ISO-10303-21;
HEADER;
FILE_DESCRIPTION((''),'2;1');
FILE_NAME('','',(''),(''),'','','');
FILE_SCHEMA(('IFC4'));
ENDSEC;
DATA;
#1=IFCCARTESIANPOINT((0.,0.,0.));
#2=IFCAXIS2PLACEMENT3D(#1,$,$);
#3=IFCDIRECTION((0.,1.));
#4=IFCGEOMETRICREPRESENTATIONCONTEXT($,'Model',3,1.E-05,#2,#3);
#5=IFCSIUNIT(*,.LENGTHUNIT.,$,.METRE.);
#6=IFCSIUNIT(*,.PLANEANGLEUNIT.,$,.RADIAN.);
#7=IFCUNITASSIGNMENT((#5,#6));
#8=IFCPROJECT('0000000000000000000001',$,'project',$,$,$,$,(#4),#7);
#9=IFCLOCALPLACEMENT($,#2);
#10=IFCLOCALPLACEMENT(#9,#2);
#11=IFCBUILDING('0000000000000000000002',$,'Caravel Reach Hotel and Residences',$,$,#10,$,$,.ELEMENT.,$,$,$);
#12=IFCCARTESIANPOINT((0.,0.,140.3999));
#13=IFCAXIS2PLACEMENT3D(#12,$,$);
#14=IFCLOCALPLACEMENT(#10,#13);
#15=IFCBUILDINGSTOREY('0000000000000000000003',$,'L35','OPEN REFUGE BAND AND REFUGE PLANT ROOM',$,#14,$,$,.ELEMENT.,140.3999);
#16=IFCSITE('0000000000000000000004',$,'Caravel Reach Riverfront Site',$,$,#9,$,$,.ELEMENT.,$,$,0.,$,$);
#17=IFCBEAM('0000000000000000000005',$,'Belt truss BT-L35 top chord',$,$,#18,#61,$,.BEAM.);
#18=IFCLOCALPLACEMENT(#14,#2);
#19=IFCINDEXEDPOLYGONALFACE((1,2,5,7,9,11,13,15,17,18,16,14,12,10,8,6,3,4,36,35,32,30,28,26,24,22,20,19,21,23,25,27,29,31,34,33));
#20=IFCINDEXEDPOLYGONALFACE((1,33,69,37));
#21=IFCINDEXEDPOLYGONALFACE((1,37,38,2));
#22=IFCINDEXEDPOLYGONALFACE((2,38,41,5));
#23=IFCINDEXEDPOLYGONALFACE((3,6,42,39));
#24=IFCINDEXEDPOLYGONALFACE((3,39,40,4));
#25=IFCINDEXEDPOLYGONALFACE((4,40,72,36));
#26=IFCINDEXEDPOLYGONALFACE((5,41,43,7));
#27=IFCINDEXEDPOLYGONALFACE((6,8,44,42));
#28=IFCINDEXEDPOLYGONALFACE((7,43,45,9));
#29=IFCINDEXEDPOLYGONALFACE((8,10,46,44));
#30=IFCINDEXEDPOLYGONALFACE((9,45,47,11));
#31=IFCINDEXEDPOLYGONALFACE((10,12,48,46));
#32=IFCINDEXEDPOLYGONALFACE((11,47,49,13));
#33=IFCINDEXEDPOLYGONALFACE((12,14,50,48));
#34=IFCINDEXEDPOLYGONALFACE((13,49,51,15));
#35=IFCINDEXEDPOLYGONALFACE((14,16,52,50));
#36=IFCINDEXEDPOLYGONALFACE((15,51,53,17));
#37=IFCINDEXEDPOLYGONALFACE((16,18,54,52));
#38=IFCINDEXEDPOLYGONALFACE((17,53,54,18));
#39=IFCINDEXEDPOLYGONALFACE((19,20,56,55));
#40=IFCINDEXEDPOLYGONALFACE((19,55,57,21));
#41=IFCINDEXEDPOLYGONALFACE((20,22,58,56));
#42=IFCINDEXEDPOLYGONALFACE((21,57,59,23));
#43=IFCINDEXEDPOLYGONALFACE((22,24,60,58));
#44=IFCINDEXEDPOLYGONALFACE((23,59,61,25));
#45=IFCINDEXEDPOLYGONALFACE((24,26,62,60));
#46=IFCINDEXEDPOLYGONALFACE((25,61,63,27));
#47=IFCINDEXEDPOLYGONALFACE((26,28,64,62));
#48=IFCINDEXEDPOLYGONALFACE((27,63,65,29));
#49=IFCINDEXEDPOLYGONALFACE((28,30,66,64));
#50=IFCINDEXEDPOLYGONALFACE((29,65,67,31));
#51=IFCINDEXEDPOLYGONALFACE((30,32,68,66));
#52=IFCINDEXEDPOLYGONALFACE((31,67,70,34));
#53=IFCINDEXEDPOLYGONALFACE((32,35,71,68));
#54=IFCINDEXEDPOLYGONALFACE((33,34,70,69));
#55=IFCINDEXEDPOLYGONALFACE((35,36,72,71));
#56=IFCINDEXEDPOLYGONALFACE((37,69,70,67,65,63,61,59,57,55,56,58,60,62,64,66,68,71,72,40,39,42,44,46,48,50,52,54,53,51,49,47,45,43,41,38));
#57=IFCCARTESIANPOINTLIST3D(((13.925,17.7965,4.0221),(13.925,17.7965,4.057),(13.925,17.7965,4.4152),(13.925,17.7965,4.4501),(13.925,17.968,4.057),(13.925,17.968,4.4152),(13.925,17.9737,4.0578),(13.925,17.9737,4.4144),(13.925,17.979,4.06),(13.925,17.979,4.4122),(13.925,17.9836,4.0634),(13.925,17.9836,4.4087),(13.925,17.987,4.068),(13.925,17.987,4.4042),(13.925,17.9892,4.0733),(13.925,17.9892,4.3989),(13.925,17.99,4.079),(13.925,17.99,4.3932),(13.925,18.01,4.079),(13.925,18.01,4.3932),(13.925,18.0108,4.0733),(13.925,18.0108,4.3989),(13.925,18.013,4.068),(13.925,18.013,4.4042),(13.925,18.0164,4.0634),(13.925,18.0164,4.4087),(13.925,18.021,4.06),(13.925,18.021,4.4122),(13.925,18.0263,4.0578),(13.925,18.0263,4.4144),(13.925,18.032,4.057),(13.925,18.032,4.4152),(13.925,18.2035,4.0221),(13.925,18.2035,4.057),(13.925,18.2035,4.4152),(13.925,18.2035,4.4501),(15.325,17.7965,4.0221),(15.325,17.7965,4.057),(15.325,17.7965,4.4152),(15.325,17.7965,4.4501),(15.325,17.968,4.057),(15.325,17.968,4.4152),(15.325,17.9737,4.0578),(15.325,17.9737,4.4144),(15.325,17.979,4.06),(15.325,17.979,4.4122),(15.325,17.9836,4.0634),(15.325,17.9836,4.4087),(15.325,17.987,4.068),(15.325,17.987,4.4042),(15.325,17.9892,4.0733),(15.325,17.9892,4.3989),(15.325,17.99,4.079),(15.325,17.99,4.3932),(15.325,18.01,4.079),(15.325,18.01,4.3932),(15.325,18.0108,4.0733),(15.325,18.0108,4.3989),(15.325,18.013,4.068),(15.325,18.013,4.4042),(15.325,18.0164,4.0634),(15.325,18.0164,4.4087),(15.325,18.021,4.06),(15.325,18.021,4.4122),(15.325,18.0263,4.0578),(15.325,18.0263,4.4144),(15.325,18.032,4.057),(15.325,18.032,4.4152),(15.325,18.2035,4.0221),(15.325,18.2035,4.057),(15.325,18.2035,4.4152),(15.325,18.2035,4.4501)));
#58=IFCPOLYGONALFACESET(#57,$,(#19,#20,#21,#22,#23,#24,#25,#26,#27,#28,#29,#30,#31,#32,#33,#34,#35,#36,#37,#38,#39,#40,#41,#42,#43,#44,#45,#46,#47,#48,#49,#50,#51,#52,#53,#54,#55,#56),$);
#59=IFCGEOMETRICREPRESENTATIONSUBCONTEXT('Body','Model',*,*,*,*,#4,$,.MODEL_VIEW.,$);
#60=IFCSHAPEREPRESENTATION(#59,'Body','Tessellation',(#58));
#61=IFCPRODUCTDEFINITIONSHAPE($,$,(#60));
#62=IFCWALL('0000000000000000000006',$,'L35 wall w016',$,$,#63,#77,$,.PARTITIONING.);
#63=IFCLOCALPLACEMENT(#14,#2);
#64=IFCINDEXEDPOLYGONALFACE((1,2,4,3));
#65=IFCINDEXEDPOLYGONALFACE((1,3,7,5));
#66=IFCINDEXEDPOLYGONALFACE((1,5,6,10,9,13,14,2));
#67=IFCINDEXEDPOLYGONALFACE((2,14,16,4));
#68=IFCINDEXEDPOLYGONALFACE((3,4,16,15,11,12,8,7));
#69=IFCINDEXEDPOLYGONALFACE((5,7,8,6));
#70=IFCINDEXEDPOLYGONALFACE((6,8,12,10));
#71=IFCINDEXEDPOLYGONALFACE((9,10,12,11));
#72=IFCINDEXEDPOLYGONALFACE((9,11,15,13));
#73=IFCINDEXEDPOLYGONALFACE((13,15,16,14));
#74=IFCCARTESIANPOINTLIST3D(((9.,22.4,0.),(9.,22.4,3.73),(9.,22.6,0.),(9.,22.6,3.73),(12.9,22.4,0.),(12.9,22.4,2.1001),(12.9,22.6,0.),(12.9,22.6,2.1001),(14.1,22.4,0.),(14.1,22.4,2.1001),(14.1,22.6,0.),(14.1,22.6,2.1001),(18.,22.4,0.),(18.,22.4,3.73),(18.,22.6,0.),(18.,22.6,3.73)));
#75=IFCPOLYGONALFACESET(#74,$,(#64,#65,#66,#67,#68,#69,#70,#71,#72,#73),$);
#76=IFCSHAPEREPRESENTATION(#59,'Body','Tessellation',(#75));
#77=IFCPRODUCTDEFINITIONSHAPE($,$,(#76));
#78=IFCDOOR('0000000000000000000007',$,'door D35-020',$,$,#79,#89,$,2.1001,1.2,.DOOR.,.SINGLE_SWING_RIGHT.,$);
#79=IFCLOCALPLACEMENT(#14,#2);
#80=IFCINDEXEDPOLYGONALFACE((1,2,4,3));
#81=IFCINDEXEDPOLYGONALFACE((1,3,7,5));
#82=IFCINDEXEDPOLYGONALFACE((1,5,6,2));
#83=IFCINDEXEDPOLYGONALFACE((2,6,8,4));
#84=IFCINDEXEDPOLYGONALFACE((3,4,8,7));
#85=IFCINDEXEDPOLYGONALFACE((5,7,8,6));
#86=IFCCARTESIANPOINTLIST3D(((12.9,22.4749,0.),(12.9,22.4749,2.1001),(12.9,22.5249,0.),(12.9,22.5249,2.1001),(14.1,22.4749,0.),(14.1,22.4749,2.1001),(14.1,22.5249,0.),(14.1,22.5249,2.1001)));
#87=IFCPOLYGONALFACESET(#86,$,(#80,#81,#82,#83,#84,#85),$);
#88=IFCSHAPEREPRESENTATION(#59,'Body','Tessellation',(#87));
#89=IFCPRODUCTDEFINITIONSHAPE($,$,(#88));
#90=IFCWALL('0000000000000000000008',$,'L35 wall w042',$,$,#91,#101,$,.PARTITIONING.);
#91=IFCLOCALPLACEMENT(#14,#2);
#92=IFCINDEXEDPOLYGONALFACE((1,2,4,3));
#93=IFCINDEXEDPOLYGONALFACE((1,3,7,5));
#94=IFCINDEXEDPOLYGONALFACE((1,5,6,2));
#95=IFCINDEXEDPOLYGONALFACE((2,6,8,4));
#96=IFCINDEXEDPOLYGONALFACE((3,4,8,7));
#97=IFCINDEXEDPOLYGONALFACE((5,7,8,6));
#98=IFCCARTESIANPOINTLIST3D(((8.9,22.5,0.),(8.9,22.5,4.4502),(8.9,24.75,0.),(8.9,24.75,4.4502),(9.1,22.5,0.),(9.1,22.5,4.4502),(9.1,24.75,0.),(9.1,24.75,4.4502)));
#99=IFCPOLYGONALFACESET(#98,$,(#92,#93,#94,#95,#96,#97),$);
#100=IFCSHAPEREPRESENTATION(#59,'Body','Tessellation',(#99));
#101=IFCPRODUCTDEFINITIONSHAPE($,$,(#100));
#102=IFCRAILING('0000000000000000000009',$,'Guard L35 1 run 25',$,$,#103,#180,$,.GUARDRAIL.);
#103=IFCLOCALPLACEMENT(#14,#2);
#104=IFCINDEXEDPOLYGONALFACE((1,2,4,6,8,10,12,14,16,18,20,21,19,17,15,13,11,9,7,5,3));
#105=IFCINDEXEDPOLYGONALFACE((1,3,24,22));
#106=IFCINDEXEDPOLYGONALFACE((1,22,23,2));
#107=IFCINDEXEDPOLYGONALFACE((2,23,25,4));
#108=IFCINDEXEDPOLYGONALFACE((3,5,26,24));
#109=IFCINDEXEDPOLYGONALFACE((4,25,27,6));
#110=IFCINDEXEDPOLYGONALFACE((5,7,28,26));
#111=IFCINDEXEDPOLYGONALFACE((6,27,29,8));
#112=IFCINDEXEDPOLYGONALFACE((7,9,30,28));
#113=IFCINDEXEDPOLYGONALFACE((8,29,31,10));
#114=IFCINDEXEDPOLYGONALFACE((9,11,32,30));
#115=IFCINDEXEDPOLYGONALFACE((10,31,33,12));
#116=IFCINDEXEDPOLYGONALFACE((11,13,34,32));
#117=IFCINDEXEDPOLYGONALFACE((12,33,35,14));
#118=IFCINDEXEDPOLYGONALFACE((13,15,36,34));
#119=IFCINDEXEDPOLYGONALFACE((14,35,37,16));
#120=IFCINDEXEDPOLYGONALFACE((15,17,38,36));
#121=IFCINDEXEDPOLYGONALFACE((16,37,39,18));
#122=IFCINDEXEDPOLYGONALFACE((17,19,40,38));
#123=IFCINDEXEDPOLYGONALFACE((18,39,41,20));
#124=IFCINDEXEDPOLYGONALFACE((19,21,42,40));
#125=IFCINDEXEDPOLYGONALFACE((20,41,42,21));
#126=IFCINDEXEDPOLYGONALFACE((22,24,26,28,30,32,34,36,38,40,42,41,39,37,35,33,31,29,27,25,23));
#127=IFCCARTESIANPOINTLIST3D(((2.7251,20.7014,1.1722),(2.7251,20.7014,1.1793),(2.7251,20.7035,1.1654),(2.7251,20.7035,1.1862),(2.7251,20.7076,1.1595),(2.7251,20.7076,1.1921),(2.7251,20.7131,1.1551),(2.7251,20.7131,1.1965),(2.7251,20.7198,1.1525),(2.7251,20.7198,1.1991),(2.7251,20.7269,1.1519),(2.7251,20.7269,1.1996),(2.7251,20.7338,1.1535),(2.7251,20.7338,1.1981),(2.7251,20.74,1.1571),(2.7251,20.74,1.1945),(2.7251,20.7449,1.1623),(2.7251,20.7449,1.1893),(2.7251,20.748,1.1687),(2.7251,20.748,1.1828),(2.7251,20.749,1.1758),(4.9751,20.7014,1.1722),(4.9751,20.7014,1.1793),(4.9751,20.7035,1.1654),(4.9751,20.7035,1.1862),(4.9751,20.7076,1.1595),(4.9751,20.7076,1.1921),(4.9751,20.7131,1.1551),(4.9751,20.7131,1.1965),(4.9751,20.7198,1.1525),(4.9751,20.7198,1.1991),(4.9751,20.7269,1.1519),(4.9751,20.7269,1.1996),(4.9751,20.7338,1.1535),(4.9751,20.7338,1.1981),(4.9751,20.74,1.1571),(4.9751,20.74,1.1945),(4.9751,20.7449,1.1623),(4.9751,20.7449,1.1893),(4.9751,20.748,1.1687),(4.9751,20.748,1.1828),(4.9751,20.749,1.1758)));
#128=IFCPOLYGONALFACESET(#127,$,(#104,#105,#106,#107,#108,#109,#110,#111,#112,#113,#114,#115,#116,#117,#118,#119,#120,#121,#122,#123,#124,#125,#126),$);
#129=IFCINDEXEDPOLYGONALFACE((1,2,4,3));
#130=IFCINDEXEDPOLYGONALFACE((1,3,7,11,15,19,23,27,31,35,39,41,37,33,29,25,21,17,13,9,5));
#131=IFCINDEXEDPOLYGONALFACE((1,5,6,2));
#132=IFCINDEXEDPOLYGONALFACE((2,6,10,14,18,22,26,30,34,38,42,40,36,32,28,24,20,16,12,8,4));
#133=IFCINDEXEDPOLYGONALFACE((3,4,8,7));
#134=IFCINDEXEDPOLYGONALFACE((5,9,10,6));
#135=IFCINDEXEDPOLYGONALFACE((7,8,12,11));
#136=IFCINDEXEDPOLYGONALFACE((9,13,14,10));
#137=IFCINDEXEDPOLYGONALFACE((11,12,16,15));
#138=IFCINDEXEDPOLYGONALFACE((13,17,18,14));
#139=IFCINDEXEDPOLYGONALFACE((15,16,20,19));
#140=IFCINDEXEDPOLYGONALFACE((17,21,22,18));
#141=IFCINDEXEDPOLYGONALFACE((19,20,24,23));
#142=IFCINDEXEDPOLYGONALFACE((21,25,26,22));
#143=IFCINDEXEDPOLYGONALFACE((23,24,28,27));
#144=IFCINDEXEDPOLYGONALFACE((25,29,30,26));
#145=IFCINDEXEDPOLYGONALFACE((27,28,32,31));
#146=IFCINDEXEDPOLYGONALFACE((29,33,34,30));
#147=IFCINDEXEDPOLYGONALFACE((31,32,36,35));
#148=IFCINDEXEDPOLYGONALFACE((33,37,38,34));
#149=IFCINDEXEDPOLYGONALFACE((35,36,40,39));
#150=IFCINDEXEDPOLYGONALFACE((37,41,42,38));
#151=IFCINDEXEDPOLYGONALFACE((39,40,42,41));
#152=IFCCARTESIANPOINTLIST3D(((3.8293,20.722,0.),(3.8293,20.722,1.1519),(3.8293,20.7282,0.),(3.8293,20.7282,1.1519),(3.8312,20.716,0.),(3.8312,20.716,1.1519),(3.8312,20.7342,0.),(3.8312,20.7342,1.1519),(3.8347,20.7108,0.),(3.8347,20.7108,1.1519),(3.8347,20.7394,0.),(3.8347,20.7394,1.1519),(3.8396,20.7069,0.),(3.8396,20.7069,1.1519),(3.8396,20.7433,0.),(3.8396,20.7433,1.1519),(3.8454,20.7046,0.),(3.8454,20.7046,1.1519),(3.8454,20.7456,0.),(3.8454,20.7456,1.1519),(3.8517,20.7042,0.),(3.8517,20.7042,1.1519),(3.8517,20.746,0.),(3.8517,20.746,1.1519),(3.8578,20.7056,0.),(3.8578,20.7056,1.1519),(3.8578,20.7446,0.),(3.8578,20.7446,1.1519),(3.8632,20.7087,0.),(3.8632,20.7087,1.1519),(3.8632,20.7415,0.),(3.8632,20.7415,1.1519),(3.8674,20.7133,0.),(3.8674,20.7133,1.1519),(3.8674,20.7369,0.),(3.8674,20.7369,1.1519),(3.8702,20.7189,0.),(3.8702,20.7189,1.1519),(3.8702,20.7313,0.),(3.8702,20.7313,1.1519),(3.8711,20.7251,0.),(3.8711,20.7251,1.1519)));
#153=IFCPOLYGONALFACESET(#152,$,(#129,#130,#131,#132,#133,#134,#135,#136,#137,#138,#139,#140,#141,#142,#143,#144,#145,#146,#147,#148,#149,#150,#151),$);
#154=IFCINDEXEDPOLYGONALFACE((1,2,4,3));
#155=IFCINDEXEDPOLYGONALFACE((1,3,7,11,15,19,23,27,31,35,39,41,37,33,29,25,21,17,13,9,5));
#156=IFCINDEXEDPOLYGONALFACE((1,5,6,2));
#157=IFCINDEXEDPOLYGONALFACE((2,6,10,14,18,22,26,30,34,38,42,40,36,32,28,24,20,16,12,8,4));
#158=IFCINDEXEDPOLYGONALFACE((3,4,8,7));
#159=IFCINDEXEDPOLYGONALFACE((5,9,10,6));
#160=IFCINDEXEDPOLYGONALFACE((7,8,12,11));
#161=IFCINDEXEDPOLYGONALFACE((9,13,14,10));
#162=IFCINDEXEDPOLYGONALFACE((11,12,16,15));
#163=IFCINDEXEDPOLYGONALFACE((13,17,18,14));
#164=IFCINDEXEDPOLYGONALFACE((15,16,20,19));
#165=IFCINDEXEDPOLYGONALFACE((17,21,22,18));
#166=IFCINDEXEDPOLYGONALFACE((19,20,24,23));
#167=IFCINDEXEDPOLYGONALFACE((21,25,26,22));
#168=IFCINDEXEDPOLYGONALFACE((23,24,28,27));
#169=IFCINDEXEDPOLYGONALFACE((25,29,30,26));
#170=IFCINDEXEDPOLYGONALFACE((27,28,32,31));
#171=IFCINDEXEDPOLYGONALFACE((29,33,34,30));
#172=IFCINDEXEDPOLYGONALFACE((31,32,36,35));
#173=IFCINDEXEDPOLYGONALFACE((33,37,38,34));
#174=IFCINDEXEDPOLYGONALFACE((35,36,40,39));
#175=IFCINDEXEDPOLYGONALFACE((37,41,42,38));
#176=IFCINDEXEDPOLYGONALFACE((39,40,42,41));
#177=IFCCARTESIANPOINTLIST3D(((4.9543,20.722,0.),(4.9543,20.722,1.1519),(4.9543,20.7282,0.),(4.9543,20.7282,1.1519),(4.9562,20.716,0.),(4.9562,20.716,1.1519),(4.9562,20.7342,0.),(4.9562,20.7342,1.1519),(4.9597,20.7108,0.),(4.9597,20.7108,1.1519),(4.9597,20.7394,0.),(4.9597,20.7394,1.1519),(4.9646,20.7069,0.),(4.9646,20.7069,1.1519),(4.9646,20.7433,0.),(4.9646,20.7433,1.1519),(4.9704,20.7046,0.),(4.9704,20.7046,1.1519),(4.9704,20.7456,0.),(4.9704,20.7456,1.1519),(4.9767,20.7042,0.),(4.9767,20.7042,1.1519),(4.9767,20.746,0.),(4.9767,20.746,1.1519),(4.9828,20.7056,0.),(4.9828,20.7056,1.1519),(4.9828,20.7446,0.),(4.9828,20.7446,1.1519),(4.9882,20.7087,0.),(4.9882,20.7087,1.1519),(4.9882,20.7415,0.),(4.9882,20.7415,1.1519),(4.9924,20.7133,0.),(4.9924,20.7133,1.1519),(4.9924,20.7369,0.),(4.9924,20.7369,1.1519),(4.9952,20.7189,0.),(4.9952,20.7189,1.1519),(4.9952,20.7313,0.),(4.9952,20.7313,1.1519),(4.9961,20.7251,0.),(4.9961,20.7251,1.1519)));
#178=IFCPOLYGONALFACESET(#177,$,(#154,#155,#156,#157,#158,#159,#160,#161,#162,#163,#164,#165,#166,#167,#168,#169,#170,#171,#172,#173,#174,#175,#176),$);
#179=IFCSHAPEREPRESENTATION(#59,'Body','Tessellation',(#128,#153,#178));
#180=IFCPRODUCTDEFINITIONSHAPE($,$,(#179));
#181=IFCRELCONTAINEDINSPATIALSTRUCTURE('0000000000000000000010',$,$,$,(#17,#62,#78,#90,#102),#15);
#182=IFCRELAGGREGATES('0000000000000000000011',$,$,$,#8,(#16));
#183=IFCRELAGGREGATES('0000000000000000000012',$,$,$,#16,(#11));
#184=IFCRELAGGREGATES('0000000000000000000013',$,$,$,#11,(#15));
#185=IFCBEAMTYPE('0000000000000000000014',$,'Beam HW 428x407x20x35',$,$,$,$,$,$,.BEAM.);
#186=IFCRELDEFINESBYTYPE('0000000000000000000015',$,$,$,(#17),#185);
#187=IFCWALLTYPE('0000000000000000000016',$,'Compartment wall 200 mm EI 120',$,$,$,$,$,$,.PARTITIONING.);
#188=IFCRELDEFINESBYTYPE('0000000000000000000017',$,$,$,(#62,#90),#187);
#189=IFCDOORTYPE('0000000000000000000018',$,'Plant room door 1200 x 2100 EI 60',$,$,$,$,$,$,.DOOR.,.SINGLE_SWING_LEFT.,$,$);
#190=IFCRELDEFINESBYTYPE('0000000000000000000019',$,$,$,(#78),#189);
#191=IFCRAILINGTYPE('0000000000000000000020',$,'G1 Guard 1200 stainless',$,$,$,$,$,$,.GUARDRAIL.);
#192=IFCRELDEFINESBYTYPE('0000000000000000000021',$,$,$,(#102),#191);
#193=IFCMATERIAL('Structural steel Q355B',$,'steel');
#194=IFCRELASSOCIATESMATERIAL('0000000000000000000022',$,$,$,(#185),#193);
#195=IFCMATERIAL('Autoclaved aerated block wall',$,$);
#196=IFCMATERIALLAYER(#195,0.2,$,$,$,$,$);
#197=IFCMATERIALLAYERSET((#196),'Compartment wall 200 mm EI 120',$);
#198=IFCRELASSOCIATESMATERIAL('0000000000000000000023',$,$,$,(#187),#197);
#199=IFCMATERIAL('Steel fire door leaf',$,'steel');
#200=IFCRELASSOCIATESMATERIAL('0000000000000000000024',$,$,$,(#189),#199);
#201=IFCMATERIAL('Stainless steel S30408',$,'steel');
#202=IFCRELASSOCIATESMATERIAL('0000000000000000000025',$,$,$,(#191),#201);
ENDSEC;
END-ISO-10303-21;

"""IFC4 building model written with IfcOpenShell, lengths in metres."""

from ifc_helpers import new_model, si_unit, direction, frame, frame_2d, origin, origin_2d, place, context, subcontext, project, spatial, rectangle, circle, i_section, extrude, material, layer, layer_set, material_profile, profile_set, type_object, element, fill, save


model = new_model("IFC4")

# Units and contexts
model_context = context("Model", 3, precision=1e-05, world=origin(), true_north=direction((0.0, 1.0)))
body_context = subcontext(model_context, "Body", "Model", "MODEL_VIEW")
ifc_project = project(units=[si_unit("LENGTHUNIT", "METRE"), si_unit("PLANEANGLEUNIT", "RADIAN")], contexts=[model_context])

# Site, building, storey
site_placement = place(None, origin())
site = spatial("IfcSite", under=ifc_project, at=site_placement, Name="Caravel Reach Riverfront Site", CompositionType="ELEMENT", RefElevation=0.0)
building_placement = place(site_placement, origin())
building = spatial("IfcBuilding", under=site, at=building_placement, Name="Caravel Reach Hotel and Residences", CompositionType="ELEMENT")
storey_placement = place(building_placement, frame((0.0, 0.0, 140.3999)))
storey = spatial("IfcBuildingStorey", under=building, at=storey_placement, Name="L35", Description="OPEN REFUGE BAND AND REFUGE PLANT ROOM", CompositionType="ELEMENT", Elevation=140.3999)

# Beam
ifc_material_1 = material(Name="Structural steel Q355B", Category="steel")
ifc_material_profile_1 = material_profile(ifc_material_1, i_section(OverallWidth=0.407, OverallDepth=0.428, WebThickness=0.02, FlangeThickness=0.0349, FilletRadius=0.022, at=origin_2d()), Name="HW 428x407x20x35")
ifc_profile_set_1 = profile_set([ifc_material_profile_1], Name="Structural steel Q355B")
beam_type_1 = type_object("IfcBeamType", Name="Beam HW 428x407x20x35", PredefinedType="BEAM", material=ifc_profile_set_1)
for number, where, z_axis, x_axis, name in (
    (1, (13.925, 18.0, 4.2361), (1.0, 0.0, 0.0), (0.0, 1.0, 0.0), "Belt truss BT-L35 top chord"),
):
    element("IfcBeam", number, at=place(storey_placement, frame(where, z_axis=z_axis, x_axis=x_axis)), inside=storey, type_object=beam_type_1, Name=name, PredefinedType="BEAM", context=body_context, shape_type="SweptSolid", body=[
        extrude(i_section(OverallWidth=0.407, OverallDepth=0.428, WebThickness=0.02, FlangeThickness=0.0349, FilletRadius=0.022, at=origin_2d()), origin(), (0.0, 0.0, 1.0), 1.3999),
    ])

# Wall, opening, door
ifc_material_2 = material(Name="Autoclaved aerated block wall")
ifc_layer = layer(ifc_material_2, 0.2)
ifc_layer_set = layer_set([ifc_layer], Name="Compartment wall 200 mm EI 120")
wall_type = type_object("IfcWallType", Name="Compartment wall 200 mm EI 120", PredefinedType="PARTITIONING", material=ifc_layer_set)
wall_1_placement = place(storey_placement, frame((9.0, 22.5, 0.0), z_axis=(0.0, 0.0, 1.0), x_axis=(1.0, 0.0, 0.0)))
wall_1 = element("IfcWall", 2, at=wall_1_placement, inside=storey, type_object=wall_type, Name="L35 wall w016", PredefinedType="PARTITIONING", context=body_context, shape_type="SweptSolid", body=[
    extrude(rectangle(XDim=9.0, YDim=0.2, at=frame_2d((4.5, 0.0))), origin(), (0.0, 0.0, 1.0), 3.73),
])
opening_placement = place(wall_1_placement, frame((3.8999, 0.0, 0.0)))
opening = element("IfcOpeningElement", 3, at=opening_placement, cuts=wall_1, PredefinedType="OPENING", context=body_context, shape_type="SweptSolid", body=[
    extrude(rectangle(XDim=1.2, YDim=2.1001, at=frame_2d((0.6001, 1.05))), frame((0.0, 0.1099, 0.0), z_axis=(0.0, -1.0, 0.0), x_axis=(1.0, 0.0, 0.0)), (0.0, 0.0, 1.0), 0.22),
])
ifc_material_3 = material(Name="Steel fire door leaf", Category="steel")
door_type = type_object("IfcDoorType", Name="Plant room door 1200 x 2100 EI 60", OperationType="SINGLE_SWING_LEFT", PredefinedType="DOOR", material=ifc_material_3)
door_placement = place(opening_placement, origin())
door = element("IfcDoor", 4, at=door_placement, inside=storey, type_object=door_type, Name="door D35-020", OperationType="SINGLE_SWING_RIGHT", OverallHeight=2.1001, OverallWidth=1.2, PredefinedType="DOOR", context=body_context, shape_type="SweptSolid", body=[
    extrude(rectangle(XDim=1.2, YDim=2.1001, at=frame_2d((0.6001, 1.05))), frame((0.0, 0.0249, 0.0), z_axis=(0.0, -1.0, 0.0), x_axis=(1.0, 0.0, 0.0)), (0.0, 0.0, 1.0), 0.05),
])
fill(opening, door)

# Wall
wall_2_placement = place(storey_placement, frame((9.0, 22.5, 0.0), z_axis=(0.0, 0.0, 1.0), x_axis=(0.0, 1.0, 0.0)))
element("IfcWall", 5, at=wall_2_placement, inside=storey, type_object=wall_type, Name="L35 wall w042", PredefinedType="PARTITIONING", context=body_context, shape_type="SweptSolid", body=[
    extrude(rectangle(XDim=2.25, YDim=0.2, at=frame_2d((1.125, 0.0))), origin(), (0.0, 0.0, 1.0), 4.4502),
])

# Railing
ifc_material_4 = material(Name="Stainless steel S30408", Category="steel")
railing_type = type_object("IfcRailingType", Name="G1 Guard 1200 stainless", PredefinedType="GUARDRAIL", material=ifc_material_4)
railing_1_placement = place(storey_placement, frame((2.7251, 20.7251, 0.0)))
element("IfcRailing", 6, at=railing_1_placement, inside=storey, type_object=railing_type, Name="Guard L35 1 run 25", PredefinedType="GUARDRAIL", context=body_context, shape_type="SweptSolid", body=[
    extrude(circle(Radius=0.0239, at=origin_2d()), frame((0.0, 0.0, 1.1758), z_axis=(1.0, 0.0, 0.0), x_axis=(0.0, 1.0, 0.0)), (0.0, 0.0, 1.0), 2.25),
    extrude(circle(Radius=0.021, at=origin_2d()), frame((1.125, 0.0, 0.0)), (0.0, 0.0, 1.0), 1.1519),
    extrude(circle(Radius=0.021, at=origin_2d()), frame((2.25, 0.0, 0.0)), (0.0, 0.0, 1.0), 1.1519),
])

save(model, "model.ifc")
